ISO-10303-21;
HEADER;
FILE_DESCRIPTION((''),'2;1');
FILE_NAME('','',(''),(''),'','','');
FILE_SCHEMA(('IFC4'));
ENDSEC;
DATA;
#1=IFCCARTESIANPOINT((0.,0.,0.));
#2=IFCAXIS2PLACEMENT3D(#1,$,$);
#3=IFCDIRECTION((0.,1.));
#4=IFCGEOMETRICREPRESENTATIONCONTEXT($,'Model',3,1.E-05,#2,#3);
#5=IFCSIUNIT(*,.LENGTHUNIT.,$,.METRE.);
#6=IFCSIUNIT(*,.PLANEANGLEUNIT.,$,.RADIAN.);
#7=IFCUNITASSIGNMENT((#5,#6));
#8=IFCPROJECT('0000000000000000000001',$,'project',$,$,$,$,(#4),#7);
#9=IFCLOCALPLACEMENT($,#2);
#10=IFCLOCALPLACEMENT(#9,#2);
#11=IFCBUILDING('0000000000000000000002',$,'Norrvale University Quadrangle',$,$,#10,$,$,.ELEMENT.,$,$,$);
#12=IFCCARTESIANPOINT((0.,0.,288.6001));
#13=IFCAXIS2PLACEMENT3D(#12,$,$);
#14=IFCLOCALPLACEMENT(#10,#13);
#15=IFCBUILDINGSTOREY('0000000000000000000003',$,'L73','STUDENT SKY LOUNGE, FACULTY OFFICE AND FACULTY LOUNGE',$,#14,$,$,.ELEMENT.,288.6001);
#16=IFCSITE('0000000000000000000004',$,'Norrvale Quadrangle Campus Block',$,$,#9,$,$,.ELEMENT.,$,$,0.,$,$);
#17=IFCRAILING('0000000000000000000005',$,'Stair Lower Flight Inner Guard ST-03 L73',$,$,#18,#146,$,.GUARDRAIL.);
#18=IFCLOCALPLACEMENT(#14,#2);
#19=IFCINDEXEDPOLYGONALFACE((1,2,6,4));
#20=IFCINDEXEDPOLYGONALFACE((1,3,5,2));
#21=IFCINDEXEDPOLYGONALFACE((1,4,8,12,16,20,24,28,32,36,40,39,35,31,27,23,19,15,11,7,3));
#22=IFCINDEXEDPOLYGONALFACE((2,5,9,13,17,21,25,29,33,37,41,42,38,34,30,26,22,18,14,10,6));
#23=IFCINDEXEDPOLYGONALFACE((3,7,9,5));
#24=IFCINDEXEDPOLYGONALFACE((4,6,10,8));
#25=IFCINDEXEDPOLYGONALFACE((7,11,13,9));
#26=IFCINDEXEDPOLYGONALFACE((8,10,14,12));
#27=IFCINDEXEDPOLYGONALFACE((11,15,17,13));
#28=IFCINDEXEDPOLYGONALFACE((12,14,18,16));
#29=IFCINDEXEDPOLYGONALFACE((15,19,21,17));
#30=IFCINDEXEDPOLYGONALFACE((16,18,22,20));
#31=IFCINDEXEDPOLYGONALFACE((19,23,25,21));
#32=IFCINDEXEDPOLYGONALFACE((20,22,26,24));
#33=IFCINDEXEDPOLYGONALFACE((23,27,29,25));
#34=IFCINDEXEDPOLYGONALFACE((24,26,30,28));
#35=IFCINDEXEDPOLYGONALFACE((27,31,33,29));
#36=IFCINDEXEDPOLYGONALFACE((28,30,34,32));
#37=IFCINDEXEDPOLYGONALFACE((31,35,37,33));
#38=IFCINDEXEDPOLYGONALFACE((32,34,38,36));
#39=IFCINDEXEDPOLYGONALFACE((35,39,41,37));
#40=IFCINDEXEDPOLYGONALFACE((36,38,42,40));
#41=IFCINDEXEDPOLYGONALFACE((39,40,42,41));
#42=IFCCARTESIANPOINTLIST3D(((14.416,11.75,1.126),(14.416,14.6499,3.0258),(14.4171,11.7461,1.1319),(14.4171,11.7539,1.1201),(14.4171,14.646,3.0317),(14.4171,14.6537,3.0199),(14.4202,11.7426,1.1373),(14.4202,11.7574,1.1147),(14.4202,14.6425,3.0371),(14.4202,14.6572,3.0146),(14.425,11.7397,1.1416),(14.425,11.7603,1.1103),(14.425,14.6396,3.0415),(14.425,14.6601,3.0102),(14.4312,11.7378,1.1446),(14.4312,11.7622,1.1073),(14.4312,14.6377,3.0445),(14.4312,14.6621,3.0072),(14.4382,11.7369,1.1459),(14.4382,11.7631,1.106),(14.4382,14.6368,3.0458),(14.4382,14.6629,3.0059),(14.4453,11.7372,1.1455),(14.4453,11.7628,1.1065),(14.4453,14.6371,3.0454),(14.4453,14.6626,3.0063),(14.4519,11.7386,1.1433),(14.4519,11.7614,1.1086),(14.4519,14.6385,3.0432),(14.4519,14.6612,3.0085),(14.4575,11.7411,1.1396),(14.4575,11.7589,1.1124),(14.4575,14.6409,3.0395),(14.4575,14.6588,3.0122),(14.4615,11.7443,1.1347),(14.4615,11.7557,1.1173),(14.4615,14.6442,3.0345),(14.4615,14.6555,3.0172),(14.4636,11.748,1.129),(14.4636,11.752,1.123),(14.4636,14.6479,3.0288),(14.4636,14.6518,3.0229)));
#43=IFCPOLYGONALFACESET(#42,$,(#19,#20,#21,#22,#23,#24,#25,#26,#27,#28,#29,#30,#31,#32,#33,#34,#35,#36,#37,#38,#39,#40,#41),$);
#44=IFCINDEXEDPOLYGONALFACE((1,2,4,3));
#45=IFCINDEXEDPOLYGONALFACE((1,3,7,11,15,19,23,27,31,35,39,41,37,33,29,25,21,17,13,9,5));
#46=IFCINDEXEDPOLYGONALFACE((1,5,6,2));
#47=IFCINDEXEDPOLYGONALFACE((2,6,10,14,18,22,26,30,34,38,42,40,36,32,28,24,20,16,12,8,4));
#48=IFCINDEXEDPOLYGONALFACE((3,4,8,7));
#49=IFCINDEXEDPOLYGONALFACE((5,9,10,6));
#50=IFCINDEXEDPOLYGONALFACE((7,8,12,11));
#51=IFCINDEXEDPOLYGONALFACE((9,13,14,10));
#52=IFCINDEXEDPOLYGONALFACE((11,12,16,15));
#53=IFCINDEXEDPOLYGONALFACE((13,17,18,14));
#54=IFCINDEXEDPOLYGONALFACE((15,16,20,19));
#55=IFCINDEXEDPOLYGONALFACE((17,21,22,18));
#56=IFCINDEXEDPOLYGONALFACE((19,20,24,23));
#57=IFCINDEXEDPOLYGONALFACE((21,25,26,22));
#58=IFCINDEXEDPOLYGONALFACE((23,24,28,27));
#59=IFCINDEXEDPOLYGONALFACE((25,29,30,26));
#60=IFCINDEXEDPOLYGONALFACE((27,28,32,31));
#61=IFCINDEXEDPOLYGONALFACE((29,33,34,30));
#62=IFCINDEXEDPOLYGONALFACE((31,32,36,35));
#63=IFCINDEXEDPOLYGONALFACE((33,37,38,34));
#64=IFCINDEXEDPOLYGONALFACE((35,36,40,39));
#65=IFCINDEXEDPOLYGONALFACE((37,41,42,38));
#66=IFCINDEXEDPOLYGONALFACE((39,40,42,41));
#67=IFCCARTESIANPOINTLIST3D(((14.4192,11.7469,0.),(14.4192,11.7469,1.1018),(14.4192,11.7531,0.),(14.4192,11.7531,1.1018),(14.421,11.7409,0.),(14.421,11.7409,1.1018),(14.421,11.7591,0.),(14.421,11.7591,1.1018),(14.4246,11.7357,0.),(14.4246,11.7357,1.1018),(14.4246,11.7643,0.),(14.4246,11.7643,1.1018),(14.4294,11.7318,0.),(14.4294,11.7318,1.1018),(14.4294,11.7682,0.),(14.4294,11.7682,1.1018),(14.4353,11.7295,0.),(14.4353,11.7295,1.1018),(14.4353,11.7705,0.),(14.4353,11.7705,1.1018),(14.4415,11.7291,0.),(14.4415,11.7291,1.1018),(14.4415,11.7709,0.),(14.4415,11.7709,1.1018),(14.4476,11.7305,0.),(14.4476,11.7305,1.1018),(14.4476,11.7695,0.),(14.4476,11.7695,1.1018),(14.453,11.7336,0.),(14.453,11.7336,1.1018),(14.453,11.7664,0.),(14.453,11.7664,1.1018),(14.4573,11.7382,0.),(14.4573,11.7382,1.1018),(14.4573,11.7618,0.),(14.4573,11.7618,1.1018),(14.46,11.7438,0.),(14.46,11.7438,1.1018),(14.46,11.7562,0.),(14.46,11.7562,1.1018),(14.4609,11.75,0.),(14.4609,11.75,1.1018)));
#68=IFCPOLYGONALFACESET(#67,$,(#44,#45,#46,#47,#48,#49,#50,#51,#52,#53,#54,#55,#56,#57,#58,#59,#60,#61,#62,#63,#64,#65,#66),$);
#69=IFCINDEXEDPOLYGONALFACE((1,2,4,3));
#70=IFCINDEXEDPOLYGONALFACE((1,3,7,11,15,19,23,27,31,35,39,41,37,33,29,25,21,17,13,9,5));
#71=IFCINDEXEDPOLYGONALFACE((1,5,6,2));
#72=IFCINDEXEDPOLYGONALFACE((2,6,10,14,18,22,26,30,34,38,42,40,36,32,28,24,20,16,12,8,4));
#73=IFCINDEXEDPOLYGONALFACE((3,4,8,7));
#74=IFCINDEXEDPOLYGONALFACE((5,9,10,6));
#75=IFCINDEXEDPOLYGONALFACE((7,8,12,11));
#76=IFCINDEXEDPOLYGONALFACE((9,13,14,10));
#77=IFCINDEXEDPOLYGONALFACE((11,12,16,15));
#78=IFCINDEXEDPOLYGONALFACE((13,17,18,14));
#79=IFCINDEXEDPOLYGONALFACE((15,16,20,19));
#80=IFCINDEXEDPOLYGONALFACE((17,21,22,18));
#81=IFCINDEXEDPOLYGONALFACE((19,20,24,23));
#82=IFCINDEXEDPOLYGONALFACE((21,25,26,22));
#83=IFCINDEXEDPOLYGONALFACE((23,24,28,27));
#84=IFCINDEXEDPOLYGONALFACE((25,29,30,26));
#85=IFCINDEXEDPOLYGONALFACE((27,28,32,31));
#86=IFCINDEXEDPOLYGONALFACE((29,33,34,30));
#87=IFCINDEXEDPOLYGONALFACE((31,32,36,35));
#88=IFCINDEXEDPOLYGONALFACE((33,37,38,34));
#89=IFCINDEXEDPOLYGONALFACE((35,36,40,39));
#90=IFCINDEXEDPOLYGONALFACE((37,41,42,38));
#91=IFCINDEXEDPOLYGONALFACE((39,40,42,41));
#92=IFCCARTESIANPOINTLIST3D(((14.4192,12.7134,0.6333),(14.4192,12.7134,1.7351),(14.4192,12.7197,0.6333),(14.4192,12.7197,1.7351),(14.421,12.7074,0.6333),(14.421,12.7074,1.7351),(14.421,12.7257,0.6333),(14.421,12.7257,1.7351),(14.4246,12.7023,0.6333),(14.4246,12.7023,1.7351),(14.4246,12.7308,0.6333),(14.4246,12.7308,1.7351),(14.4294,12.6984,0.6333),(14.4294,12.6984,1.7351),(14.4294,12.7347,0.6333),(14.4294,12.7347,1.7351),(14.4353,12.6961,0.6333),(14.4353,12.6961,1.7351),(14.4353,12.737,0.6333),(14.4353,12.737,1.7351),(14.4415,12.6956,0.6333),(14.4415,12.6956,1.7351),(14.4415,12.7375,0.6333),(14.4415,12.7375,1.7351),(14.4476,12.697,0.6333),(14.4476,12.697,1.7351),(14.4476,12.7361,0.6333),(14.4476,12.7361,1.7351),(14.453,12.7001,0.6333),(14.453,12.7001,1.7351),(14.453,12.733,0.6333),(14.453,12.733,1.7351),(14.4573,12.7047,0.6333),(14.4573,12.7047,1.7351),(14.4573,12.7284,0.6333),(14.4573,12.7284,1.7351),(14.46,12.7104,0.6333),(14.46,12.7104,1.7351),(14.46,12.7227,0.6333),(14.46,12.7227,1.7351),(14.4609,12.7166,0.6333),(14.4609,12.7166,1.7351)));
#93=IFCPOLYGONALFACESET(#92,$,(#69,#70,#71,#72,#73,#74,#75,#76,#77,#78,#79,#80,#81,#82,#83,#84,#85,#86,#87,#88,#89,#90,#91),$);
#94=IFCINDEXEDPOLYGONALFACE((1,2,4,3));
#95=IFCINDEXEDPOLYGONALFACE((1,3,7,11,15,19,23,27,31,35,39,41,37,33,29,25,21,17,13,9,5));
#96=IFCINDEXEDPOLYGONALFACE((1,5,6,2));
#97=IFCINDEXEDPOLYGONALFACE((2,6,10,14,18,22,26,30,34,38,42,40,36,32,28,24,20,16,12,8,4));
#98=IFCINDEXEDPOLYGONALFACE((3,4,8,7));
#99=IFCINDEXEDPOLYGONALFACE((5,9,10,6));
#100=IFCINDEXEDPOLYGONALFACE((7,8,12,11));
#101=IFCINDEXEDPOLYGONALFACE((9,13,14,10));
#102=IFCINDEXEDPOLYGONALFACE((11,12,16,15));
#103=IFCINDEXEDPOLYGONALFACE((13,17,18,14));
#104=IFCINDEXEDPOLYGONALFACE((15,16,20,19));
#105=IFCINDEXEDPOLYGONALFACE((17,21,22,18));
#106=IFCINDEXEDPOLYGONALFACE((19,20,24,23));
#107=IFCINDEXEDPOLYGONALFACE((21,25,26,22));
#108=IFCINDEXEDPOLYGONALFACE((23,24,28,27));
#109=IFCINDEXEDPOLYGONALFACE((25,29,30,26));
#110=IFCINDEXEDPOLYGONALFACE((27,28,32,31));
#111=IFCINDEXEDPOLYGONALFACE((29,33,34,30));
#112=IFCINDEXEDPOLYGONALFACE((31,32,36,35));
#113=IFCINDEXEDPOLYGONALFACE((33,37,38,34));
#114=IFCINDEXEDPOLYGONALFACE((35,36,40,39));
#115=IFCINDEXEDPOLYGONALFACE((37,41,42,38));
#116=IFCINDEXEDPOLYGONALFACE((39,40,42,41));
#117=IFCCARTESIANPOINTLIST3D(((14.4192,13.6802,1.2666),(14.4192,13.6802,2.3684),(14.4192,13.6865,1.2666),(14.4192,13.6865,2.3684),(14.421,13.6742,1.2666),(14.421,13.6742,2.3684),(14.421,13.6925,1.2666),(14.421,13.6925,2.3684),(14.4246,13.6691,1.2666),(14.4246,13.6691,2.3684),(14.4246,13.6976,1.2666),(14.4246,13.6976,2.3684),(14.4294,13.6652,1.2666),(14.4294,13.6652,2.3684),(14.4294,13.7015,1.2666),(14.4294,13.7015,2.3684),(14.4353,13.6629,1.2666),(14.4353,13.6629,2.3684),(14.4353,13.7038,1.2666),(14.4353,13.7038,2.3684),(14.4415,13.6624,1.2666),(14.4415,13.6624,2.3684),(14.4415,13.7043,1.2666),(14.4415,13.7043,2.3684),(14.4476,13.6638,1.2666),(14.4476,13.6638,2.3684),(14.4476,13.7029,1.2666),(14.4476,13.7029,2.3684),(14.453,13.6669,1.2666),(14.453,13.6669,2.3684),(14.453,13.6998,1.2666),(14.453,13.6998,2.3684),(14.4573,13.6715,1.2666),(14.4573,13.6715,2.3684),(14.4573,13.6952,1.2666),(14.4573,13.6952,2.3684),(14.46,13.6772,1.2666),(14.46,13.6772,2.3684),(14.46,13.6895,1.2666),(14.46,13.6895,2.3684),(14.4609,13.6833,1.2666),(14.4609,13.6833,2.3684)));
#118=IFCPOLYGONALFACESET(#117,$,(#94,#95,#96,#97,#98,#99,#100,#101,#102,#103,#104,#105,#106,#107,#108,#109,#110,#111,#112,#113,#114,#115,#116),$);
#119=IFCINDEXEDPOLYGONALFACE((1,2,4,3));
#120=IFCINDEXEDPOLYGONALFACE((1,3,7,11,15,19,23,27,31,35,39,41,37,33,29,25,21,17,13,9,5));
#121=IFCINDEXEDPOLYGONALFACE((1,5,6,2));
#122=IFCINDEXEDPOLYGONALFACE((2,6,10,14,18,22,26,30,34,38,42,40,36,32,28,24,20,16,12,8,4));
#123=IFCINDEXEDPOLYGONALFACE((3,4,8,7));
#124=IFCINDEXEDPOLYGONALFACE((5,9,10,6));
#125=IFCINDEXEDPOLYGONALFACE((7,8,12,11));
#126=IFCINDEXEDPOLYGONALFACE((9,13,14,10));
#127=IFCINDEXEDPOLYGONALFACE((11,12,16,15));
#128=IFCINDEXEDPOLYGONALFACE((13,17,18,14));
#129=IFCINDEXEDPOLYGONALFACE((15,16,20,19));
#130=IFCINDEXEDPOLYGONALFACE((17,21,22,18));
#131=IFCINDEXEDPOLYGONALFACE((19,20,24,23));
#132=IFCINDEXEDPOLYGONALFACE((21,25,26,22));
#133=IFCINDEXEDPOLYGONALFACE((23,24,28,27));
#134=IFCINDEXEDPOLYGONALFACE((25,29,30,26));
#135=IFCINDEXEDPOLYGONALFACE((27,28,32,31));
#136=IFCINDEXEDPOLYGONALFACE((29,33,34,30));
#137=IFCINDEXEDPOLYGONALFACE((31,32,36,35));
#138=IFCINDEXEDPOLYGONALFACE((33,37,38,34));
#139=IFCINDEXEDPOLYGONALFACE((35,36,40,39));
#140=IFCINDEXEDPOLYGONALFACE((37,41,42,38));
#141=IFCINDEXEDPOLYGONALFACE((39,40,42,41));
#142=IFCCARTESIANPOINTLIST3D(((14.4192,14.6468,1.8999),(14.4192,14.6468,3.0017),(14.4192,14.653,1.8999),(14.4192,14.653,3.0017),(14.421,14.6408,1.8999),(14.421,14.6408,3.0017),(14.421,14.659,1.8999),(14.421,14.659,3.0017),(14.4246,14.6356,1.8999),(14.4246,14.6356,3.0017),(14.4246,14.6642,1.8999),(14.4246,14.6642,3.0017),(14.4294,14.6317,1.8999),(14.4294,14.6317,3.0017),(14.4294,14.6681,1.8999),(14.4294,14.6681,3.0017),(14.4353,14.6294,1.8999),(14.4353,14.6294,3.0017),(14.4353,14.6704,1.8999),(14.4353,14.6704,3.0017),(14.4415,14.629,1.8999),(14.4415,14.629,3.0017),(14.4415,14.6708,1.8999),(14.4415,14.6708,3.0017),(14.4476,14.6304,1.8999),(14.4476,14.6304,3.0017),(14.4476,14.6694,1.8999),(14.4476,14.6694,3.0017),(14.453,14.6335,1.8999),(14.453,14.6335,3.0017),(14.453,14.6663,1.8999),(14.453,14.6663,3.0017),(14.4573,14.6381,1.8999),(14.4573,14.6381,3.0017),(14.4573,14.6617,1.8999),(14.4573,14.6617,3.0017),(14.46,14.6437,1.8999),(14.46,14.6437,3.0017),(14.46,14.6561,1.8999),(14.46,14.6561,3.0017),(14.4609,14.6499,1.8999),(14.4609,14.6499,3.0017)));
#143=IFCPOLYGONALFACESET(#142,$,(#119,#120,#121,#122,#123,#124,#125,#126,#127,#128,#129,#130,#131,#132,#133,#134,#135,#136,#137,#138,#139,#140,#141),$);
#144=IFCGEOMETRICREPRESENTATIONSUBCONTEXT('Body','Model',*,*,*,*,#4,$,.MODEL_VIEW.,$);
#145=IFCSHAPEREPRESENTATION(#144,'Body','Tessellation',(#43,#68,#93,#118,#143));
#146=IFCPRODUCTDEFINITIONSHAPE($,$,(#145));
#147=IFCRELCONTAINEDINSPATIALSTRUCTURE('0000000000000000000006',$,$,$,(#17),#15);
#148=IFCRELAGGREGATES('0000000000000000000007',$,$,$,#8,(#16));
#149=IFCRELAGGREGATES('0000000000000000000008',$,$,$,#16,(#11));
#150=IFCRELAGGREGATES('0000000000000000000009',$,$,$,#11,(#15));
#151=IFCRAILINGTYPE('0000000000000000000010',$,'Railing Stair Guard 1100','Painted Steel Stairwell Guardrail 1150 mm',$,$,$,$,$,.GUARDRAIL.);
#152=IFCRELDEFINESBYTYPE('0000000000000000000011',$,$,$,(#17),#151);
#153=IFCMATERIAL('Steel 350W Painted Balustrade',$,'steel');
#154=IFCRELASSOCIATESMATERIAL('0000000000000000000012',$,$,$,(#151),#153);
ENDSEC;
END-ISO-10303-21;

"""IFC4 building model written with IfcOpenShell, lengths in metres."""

from ifc_helpers import new_model, si_unit, direction, frame, origin, origin_2d, place, context, subcontext, project, spatial, circle, extrude, material, type_object, element, save


model = new_model("IFC4")

# Units and contexts
model_context = context("Model", 3, precision=1e-05, world=origin(), true_north=direction((0.0, 1.0)))
body_context = subcontext(model_context, "Body", "Model", "MODEL_VIEW")
ifc_project = project(units=[si_unit("LENGTHUNIT", "METRE"), si_unit("PLANEANGLEUNIT", "RADIAN")], contexts=[model_context])

# Site, building, storey
site_placement = place(None, origin())
site = spatial("IfcSite", under=ifc_project, at=site_placement, Name="Norrvale Quadrangle Campus Block", CompositionType="ELEMENT", RefElevation=0.0)
building_placement = place(site_placement, origin())
building = spatial("IfcBuilding", under=site, at=building_placement, Name="Norrvale University Quadrangle", CompositionType="ELEMENT")
storey_placement = place(building_placement, frame((0.0, 0.0, 288.6001)))
storey = spatial("IfcBuildingStorey", under=building, at=storey_placement, Name="L73", Description="STUDENT SKY LOUNGE, FACULTY OFFICE AND FACULTY LOUNGE", CompositionType="ELEMENT", Elevation=288.6001)

# Railing
ifc_material_1 = material(Name="Steel 350W Painted Balustrade", Category="steel")
railing_type_1 = type_object("IfcRailingType", Name="Railing Stair Guard 1100", Description="Painted Steel Stairwell Guardrail 1150 mm", PredefinedType="GUARDRAIL", material=ifc_material_1)
railing_1_placement = place(storey_placement, frame((14.4399, 11.75, 0.0)))
element("IfcRailing", 1, at=railing_1_placement, inside=storey, type_object=railing_type_1, Name="Stair Lower Flight Inner Guard ST-03 L73", PredefinedType="GUARDRAIL", context=body_context, shape_type="SweptSolid", body=[
    extrude(circle(Radius=0.0239, at=origin_2d()), frame((0.0, 0.0, 1.126), z_axis=(0.0, 0.836466, 0.548019), x_axis=(-1.0, 0.0, 0.0)), (0.0, 0.0, 1.0), 3.4668),
    extrude(circle(Radius=0.021, at=origin_2d()), origin(), (0.0, 0.0, 1.0), 1.1018),
    extrude(circle(Radius=0.021, at=origin_2d()), frame((0.0, 0.9666, 0.6333)), (0.0, 0.0, 1.0), 1.1018),
    extrude(circle(Radius=0.021, at=origin_2d()), frame((0.0, 1.9333, 1.2666)), (0.0, 0.0, 1.0), 1.1018),
    extrude(circle(Radius=0.021, at=origin_2d()), frame((0.0, 2.8999, 1.8999)), (0.0, 0.0, 1.0), 1.1018),
])

save(model, "model.ifc")
